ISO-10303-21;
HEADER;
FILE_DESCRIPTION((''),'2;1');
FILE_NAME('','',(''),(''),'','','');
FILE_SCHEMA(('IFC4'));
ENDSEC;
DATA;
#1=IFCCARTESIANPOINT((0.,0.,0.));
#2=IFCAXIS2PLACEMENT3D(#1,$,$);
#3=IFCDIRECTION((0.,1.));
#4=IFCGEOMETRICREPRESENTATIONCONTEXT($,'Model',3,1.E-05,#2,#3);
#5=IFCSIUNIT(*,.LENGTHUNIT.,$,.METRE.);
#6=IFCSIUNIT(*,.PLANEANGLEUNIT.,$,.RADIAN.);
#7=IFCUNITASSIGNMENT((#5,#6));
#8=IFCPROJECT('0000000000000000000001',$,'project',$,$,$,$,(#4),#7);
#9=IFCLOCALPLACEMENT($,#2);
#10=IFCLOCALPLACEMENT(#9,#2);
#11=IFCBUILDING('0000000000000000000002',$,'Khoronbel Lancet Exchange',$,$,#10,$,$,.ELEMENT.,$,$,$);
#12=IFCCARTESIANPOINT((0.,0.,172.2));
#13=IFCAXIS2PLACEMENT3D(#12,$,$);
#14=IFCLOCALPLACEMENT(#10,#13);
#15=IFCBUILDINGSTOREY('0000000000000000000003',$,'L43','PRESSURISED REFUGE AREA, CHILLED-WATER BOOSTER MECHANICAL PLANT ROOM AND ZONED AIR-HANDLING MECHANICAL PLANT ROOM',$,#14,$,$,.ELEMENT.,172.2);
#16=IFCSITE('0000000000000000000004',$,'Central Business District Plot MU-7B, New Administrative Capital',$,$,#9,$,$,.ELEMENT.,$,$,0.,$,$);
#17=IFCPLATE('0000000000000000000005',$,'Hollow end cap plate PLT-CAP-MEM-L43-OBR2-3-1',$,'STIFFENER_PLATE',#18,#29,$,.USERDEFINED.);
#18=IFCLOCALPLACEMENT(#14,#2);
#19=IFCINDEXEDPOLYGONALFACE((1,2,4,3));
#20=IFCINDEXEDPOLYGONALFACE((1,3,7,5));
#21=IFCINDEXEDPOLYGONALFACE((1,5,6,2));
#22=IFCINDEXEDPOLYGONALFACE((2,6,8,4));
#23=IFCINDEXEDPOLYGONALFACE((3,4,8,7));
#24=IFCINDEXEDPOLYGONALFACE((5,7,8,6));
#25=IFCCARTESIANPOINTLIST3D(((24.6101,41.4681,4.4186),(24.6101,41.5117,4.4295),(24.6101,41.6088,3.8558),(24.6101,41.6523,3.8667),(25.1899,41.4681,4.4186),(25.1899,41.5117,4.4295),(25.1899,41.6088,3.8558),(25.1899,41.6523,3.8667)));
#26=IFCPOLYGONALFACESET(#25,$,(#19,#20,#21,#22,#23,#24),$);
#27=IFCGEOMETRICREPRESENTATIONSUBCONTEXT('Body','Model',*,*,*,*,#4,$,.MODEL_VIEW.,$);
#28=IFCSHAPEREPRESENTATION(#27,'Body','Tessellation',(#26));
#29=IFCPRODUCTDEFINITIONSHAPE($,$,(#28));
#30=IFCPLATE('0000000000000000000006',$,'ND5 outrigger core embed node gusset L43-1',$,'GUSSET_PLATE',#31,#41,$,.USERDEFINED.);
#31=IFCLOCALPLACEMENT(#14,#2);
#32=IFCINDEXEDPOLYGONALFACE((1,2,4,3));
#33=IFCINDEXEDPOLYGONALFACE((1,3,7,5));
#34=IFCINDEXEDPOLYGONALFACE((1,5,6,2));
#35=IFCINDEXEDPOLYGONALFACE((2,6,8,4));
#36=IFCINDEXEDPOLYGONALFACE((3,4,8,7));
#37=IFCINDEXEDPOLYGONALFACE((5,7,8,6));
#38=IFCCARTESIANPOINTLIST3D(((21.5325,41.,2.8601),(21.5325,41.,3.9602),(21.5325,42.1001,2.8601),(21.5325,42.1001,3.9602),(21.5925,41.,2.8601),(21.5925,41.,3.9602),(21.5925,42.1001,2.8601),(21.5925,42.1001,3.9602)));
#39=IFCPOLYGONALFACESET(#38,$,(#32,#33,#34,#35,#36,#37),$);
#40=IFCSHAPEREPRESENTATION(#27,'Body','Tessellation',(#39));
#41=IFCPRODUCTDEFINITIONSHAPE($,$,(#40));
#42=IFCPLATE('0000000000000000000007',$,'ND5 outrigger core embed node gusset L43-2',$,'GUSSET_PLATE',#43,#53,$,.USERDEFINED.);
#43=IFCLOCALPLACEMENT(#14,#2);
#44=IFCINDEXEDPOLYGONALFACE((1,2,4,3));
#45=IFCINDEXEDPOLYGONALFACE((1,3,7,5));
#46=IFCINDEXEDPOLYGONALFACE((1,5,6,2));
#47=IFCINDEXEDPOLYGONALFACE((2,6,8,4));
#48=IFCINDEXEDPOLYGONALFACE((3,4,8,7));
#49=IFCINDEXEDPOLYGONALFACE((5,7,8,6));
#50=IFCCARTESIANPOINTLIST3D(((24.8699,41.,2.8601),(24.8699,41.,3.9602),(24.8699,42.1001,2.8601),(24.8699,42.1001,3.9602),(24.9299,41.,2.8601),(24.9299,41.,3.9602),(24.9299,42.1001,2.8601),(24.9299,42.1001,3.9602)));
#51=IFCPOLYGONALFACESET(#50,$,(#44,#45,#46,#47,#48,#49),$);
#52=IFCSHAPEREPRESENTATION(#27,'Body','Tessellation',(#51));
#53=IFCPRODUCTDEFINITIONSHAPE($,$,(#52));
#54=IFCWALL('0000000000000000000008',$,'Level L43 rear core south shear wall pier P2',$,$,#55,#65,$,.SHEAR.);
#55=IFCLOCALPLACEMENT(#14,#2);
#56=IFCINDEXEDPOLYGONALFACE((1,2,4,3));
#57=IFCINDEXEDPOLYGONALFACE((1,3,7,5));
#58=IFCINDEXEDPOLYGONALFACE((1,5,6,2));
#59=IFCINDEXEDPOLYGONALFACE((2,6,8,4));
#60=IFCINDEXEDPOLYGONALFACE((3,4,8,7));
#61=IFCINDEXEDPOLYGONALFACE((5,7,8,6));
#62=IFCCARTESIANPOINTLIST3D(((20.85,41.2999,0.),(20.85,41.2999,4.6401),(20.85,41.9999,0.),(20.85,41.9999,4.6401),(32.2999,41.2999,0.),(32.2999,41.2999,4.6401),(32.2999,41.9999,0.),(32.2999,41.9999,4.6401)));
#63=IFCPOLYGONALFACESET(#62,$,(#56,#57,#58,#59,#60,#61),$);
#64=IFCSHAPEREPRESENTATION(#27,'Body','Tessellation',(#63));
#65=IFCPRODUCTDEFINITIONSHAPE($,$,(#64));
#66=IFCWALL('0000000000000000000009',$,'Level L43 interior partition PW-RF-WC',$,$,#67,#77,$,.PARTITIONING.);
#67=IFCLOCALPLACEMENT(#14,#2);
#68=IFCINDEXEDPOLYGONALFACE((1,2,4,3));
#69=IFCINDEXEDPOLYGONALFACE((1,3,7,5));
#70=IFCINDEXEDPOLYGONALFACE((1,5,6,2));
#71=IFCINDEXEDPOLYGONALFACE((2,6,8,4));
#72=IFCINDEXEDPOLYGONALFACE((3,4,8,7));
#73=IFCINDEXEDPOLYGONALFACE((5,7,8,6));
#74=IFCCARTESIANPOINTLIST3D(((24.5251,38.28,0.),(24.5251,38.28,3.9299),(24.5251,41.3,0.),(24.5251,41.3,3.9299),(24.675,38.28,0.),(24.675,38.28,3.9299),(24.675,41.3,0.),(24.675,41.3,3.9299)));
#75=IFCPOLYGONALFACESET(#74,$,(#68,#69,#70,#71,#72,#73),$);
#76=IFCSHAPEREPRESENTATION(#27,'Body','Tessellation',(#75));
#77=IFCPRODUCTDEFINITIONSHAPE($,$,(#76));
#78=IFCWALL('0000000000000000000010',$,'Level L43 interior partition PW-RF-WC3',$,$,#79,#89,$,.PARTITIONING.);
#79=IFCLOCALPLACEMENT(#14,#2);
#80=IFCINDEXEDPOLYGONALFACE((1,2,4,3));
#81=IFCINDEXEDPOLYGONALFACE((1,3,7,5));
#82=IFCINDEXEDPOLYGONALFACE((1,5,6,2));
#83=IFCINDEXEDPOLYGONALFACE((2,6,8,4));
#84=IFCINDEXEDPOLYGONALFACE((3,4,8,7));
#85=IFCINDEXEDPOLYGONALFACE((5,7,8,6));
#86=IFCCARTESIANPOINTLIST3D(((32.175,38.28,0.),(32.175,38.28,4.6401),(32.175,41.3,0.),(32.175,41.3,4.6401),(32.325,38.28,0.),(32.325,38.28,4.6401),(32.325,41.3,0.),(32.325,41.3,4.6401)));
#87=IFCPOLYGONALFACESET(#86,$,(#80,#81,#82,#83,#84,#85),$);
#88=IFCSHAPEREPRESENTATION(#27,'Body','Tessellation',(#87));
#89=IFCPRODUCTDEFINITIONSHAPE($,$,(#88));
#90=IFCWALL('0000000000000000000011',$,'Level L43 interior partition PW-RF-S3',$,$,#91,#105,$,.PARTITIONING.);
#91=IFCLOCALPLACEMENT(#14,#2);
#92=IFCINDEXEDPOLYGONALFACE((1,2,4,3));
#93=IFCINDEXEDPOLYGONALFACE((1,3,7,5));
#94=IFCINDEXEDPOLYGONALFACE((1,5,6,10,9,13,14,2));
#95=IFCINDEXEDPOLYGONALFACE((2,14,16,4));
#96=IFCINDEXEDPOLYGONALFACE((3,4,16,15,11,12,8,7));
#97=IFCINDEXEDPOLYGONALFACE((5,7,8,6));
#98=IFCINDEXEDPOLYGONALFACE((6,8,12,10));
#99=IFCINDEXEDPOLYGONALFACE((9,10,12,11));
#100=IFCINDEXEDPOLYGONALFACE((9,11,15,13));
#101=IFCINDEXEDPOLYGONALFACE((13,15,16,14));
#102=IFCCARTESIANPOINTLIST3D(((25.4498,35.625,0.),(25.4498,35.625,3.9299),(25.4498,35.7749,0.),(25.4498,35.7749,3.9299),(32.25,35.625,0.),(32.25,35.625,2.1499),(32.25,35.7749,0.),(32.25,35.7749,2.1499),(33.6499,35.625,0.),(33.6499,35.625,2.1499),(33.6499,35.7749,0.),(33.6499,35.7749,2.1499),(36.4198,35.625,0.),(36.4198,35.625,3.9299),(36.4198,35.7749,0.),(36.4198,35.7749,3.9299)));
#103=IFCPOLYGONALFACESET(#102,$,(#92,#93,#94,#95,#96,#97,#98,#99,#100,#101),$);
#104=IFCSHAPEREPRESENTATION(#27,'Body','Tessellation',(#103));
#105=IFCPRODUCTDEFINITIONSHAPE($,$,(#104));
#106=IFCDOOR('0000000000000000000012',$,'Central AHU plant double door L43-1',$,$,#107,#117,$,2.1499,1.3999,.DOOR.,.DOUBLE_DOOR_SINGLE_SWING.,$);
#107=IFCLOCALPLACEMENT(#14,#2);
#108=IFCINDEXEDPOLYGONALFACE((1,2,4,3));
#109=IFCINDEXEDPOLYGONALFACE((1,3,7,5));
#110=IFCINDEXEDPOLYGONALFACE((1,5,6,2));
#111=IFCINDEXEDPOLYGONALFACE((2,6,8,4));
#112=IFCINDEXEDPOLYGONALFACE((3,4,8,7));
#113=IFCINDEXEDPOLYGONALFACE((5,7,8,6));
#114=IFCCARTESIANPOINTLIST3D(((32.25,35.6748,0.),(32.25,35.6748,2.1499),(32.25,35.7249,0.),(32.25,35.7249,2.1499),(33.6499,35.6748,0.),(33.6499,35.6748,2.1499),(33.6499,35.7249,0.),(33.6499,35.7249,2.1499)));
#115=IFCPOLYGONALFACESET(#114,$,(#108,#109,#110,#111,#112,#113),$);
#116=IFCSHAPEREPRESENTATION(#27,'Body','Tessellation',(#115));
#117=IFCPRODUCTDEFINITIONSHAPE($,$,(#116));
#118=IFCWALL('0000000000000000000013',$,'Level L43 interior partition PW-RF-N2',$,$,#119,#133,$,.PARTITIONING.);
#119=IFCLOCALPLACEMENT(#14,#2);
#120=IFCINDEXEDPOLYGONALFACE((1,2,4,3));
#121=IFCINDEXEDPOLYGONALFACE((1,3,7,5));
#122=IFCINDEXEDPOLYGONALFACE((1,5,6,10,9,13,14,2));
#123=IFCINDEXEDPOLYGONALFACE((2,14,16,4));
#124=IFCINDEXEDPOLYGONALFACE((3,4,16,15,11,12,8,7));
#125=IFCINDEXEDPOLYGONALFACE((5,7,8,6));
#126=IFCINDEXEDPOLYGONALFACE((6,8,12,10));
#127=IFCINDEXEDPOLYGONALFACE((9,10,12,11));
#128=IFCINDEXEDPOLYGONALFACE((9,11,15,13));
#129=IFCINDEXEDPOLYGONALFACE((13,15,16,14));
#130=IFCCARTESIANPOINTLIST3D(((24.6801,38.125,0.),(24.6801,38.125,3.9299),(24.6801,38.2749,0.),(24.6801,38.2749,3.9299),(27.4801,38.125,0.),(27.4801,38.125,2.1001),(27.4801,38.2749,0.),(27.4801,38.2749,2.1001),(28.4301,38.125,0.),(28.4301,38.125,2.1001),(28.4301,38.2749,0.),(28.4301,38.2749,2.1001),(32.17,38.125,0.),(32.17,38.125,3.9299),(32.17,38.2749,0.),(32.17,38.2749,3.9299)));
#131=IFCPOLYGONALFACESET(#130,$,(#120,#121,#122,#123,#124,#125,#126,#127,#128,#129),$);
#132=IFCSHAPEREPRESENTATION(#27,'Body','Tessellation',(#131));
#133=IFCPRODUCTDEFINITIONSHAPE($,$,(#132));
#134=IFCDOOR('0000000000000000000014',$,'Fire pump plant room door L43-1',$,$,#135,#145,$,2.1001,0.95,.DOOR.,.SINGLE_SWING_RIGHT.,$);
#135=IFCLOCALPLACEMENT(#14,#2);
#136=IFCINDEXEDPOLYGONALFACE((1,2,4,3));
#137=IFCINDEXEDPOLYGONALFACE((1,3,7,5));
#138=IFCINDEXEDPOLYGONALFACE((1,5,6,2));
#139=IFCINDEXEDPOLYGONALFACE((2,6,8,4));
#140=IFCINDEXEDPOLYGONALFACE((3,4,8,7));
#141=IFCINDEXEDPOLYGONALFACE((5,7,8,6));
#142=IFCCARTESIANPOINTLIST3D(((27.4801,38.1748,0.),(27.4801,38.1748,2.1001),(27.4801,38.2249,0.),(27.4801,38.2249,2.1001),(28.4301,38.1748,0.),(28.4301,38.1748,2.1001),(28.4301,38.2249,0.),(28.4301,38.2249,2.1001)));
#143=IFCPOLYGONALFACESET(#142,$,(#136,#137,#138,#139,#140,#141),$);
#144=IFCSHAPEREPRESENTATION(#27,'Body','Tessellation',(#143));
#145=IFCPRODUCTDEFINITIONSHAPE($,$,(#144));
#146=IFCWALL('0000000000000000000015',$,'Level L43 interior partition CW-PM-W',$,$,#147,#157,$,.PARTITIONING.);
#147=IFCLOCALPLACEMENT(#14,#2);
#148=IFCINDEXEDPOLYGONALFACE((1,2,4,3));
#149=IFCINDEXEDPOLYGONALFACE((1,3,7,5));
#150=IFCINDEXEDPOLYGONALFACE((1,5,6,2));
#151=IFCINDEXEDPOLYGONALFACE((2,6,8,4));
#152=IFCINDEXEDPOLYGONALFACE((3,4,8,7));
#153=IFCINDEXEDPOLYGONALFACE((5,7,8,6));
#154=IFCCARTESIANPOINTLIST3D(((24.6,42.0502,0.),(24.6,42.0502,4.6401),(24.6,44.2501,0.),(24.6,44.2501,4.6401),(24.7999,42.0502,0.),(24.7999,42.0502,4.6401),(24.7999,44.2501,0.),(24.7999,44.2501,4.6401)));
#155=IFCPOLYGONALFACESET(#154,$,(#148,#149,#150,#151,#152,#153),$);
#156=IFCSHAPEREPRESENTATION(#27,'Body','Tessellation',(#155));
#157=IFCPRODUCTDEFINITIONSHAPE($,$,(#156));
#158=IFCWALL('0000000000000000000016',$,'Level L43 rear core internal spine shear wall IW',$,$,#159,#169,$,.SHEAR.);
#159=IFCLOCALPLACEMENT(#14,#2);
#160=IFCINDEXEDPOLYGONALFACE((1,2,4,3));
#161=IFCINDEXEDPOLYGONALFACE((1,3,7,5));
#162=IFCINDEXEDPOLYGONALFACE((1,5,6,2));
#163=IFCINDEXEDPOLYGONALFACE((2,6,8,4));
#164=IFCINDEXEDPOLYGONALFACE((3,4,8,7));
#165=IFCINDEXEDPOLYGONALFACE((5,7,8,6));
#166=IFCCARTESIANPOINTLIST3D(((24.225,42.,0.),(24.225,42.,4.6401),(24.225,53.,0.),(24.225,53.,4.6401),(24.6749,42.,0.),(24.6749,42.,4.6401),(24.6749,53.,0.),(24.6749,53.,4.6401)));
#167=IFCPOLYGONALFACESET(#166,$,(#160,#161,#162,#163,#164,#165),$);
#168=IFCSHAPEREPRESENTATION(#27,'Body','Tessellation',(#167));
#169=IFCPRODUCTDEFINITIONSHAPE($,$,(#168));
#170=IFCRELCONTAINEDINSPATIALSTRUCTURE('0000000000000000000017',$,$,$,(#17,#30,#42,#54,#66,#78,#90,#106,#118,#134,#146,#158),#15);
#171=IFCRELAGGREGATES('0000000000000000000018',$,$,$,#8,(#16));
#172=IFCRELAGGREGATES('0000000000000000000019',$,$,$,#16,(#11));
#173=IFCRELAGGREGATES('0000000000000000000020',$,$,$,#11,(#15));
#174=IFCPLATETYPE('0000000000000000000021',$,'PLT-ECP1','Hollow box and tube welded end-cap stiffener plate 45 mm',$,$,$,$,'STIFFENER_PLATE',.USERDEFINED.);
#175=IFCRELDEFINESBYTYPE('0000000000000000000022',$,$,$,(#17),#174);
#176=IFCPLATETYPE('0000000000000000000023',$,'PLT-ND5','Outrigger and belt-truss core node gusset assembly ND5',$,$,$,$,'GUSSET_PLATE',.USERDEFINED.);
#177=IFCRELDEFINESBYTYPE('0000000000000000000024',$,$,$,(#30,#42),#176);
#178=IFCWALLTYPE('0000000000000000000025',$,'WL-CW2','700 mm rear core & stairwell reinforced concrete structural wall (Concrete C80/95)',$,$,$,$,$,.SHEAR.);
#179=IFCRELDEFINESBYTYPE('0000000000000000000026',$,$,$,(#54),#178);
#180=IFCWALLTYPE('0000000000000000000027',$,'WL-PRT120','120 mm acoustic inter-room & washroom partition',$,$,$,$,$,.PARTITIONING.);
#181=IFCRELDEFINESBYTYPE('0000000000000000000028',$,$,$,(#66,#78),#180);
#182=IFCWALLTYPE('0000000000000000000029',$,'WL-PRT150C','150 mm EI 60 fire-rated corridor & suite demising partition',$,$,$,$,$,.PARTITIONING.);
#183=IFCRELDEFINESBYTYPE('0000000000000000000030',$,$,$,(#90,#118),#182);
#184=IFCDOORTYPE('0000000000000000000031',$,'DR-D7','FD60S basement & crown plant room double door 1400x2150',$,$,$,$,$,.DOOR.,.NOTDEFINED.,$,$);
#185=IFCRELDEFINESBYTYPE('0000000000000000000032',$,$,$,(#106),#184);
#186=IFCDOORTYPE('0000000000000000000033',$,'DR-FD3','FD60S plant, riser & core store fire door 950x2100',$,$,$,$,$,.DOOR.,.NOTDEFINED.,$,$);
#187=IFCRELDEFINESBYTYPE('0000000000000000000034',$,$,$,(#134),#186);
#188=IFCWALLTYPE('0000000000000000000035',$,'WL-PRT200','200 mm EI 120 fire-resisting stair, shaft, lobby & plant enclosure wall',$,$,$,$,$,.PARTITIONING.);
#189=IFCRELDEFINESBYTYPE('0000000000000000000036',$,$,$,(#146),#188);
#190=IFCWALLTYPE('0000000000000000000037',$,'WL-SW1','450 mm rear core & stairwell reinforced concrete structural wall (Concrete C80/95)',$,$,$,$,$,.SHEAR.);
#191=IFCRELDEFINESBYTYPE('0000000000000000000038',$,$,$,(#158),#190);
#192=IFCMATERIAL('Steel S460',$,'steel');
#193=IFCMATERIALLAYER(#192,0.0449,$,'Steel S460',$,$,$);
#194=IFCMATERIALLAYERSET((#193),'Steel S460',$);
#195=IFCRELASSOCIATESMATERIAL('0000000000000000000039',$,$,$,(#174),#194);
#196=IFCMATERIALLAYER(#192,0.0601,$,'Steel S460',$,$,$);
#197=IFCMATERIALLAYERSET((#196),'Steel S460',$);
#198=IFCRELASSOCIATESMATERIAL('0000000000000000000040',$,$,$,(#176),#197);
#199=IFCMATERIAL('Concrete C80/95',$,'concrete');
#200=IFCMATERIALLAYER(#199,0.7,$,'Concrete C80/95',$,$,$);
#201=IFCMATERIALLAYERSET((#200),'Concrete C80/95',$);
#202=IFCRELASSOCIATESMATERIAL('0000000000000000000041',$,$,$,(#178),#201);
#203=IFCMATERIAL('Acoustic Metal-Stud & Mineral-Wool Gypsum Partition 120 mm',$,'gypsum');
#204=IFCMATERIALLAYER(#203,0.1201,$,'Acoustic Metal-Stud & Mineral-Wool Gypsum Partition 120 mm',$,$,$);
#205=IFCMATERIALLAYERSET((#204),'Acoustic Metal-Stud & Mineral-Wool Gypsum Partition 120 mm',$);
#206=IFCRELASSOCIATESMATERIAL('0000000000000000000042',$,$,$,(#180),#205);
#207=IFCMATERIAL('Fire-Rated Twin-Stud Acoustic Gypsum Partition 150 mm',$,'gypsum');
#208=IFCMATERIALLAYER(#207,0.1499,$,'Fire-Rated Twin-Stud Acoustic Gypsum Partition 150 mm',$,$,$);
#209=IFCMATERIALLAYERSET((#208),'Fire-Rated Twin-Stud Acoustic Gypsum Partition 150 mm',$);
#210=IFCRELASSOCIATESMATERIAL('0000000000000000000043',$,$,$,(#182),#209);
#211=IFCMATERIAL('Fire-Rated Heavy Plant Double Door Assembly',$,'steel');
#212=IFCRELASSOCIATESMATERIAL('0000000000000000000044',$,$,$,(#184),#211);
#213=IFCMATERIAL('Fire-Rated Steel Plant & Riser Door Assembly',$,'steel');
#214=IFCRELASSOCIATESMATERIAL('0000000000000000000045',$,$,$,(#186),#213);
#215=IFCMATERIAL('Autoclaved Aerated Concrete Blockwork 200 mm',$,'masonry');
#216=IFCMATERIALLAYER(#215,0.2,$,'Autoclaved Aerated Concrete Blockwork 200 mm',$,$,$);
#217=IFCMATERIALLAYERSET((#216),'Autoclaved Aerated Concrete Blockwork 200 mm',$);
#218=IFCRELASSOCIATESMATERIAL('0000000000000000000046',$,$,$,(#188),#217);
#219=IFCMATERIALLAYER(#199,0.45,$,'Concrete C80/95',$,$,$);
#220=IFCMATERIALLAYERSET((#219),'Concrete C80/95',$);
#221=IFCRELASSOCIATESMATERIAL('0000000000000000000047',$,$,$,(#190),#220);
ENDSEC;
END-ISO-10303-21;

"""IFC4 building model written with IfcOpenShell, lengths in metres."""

from ifc_helpers import new_model, si_unit, direction, frame, frame_2d, origin, origin_2d, place, context, subcontext, project, spatial, polyline, rectangle, outline, extrude, material, layer, layer_set, type_object, element, fill, save


model = new_model("IFC4")

# Units and contexts
model_context = context("Model", 3, precision=1e-05, world=origin(), true_north=direction((0.0, 1.0)))
body_context = subcontext(model_context, "Body", "Model", "MODEL_VIEW")
ifc_project = project(units=[si_unit("LENGTHUNIT", "METRE"), si_unit("PLANEANGLEUNIT", "RADIAN")], contexts=[model_context])

# Site, building, storey
site_placement = place(None, origin())
site = spatial("IfcSite", under=ifc_project, at=site_placement, Name="Central Business District Plot MU-7B, New Administrative Capital", CompositionType="ELEMENT", RefElevation=0.0)
building_placement = place(site_placement, origin())
building = spatial("IfcBuilding", under=site, at=building_placement, Name="Khoronbel Lancet Exchange", CompositionType="ELEMENT")
storey_placement = place(building_placement, frame((0.0, 0.0, 172.2)))
storey = spatial("IfcBuildingStorey", under=building, at=storey_placement, Name="L43", Description="PRESSURISED REFUGE AREA, CHILLED-WATER BOOSTER MECHANICAL PLANT ROOM AND ZONED AIR-HANDLING MECHANICAL PLANT ROOM", CompositionType="ELEMENT", Elevation=172.2)

# Shared definitions
ifc_material_1 = material(Name="Steel S460", Category="steel")

# Shared definitions
ifc_material_2 = material(Name="Concrete C80/95", Category="concrete")

# Plates
ifc_layer_1 = layer(ifc_material_1, 0.0449, Name="Steel S460")
ifc_layer_set_1 = layer_set([ifc_layer_1], Name="Steel S460")
plate_type_1 = type_object("IfcPlateType", Name="PLT-ECP1", Description="Hollow box and tube welded end-cap stiffener plate 45 mm", ElementType="STIFFENER_PLATE", PredefinedType="USERDEFINED", material=ifc_layer_set_1)
for number, where, z_axis, x_axis, name in (
    (1, (25.1899, 41.6523, 3.8667), (0.0, 0.970167, 0.242437), (-1.0, 0.0, 0.0), "Hollow end cap plate PLT-CAP-MEM-L43-OBR2-3-1"),
):
    element("IfcPlate", number, at=place(storey_placement, frame(where, z_axis=z_axis, x_axis=x_axis)), inside=storey, type_object=plate_type_1, Name=name, ObjectType="STIFFENER_PLATE", PredefinedType="USERDEFINED", context=body_context, shape_type="SweptSolid", body=[
        extrude(outline(polyline([(0.0, 0.0), (0.5798, 0.0), (0.5798, 0.5801), (0.0, 0.5801), (0.0, 0.0)])), origin(), (0.0, 0.0, -1.0), 0.0449),
    ])
ifc_layer_2 = layer(ifc_material_1, 0.0601, Name="Steel S460")
ifc_layer_set_2 = layer_set([ifc_layer_2], Name="Steel S460")
plate_type_2 = type_object("IfcPlateType", Name="PLT-ND5", Description="Outrigger and belt-truss core node gusset assembly ND5", ElementType="GUSSET_PLATE", PredefinedType="USERDEFINED", material=ifc_layer_set_2)
for number, where, z_axis, x_axis, name in (
    (2, (21.5625, 41.55, 2.8601), (0.0, 0.0, 1.0), (1.0, 0.0, 0.0), "ND5 outrigger core embed node gusset L43-1"),
    (3, (24.8999, 41.55, 2.8601), (0.0, 0.0, 1.0), (1.0, 0.0, 0.0), "ND5 outrigger core embed node gusset L43-2"),
):
    element("IfcPlate", number, at=place(storey_placement, frame(where, z_axis=z_axis, x_axis=x_axis)), inside=storey, type_object=plate_type_2, Name=name, ObjectType="GUSSET_PLATE", PredefinedType="USERDEFINED", context=body_context, shape_type="SweptSolid", body=[
        extrude(rectangle(XDim=0.0601, YDim=1.1001, at=origin_2d()), origin(), (0.0, 0.0, 1.0), 1.1001),
    ])

# Walls
ifc_layer_3 = layer(ifc_material_2, 0.7, Name="Concrete C80/95")
ifc_layer_set_3 = layer_set([ifc_layer_3], Name="Concrete C80/95")
wall_type_1 = type_object("IfcWallType", Name="WL-CW2", Description="700 mm rear core & stairwell reinforced concrete structural wall (Concrete C80/95)", PredefinedType="SHEAR", material=ifc_layer_set_3)
wall_1_placement = place(storey_placement, frame((32.3, 41.6499, 0.0), z_axis=(0.0, 0.0, 1.0), x_axis=(-1.0, 0.0, 0.0)))
element("IfcWall", 4, at=wall_1_placement, inside=storey, type_object=wall_type_1, Name="Level L43 rear core south shear wall pier P2", PredefinedType="SHEAR", context=body_context, shape_type="SweptSolid", body=[
    extrude(rectangle(XDim=11.45, YDim=0.7, at=frame_2d((5.7251, 0.0))), origin(), (0.0, 0.0, 1.0), 4.6401),
])
ifc_material_3 = material(Name="Acoustic Metal-Stud & Mineral-Wool Gypsum Partition 120 mm", Category="gypsum")
ifc_layer_4 = layer(ifc_material_3, 0.1201, Name="Acoustic Metal-Stud & Mineral-Wool Gypsum Partition 120 mm")
ifc_layer_set_4 = layer_set([ifc_layer_4], Name="Acoustic Metal-Stud & Mineral-Wool Gypsum Partition 120 mm")
wall_type_2 = type_object("IfcWallType", Name="WL-PRT120", Description="120 mm acoustic inter-room & washroom partition", PredefinedType="PARTITIONING", material=ifc_layer_set_4)
wall_2_placement = place(storey_placement, frame((24.6001, 38.28, 0.0), z_axis=(0.0, 0.0, 1.0), x_axis=(0.0, 1.0, 0.0)))
element("IfcWall", 5, at=wall_2_placement, inside=storey, type_object=wall_type_2, Name="Level L43 interior partition PW-RF-WC", PredefinedType="PARTITIONING", context=body_context, shape_type="SweptSolid", body=[
    extrude(rectangle(XDim=3.02, YDim=0.1499, at=frame_2d((1.51, 0.0))), origin(), (0.0, 0.0, 1.0), 3.9299),
])
wall_3_placement = place(storey_placement, frame((32.25, 38.28, 0.0), z_axis=(0.0, 0.0, 1.0), x_axis=(0.0, 1.0, 0.0)))
element("IfcWall", 6, at=wall_3_placement, inside=storey, type_object=wall_type_2, Name="Level L43 interior partition PW-RF-WC3", PredefinedType="PARTITIONING", context=body_context, shape_type="SweptSolid", body=[
    extrude(rectangle(XDim=3.02, YDim=0.1499, at=frame_2d((1.51, 0.0))), origin(), (0.0, 0.0, 1.0), 4.6401),
])

# Walls, openings, doors
ifc_material_4 = material(Name="Fire-Rated Twin-Stud Acoustic Gypsum Partition 150 mm", Category="gypsum")
ifc_layer_5 = layer(ifc_material_4, 0.1499, Name="Fire-Rated Twin-Stud Acoustic Gypsum Partition 150 mm")
ifc_layer_set_5 = layer_set([ifc_layer_5], Name="Fire-Rated Twin-Stud Acoustic Gypsum Partition 150 mm")
wall_type_3 = type_object("IfcWallType", Name="WL-PRT150C", Description="150 mm EI 60 fire-rated corridor & suite demising partition", PredefinedType="PARTITIONING", material=ifc_layer_set_5)
wall_4_placement = place(storey_placement, frame((25.45, 35.7, 0.0), z_axis=(0.0, 0.0, 1.0), x_axis=(1.0, 0.0, 0.0)))
wall_4 = element("IfcWall", 7, at=wall_4_placement, inside=storey, type_object=wall_type_3, Name="Level L43 interior partition PW-RF-S3", PredefinedType="PARTITIONING", context=body_context, shape_type="SweptSolid", body=[
    extrude(rectangle(XDim=10.97, YDim=0.1499, at=frame_2d((5.4849, 0.0))), origin(), (0.0, 0.0, 1.0), 3.9299),
])
opening_1_placement = place(wall_4_placement, frame((6.8, 0.0, 0.0)))
opening_1 = element("IfcOpeningElement", 8, at=opening_1_placement, cuts=wall_4, PredefinedType="OPENING", context=body_context, shape_type="SweptSolid", body=[
    extrude(rectangle(XDim=1.3999, YDim=2.1499, at=frame_2d((0.7, 1.075))), frame((0.0, 0.085, 0.0), z_axis=(0.0, -1.0, 0.0), x_axis=(1.0, 0.0, 0.0)), (0.0, 0.0, 1.0), 0.1699),
])
ifc_material_5 = material(Name="Fire-Rated Heavy Plant Double Door Assembly", Category="steel")
door_type_1 = type_object("IfcDoorType", Name="DR-D7", Description="FD60S basement & crown plant room double door 1400x2150", OperationType="NOTDEFINED", PredefinedType="DOOR", material=ifc_material_5)
door_1_placement = place(opening_1_placement, origin())
door_1 = element("IfcDoor", 9, at=door_1_placement, inside=storey, type_object=door_type_1, Name="Central AHU plant double door L43-1", OperationType="DOUBLE_DOOR_SINGLE_SWING", OverallHeight=2.1499, OverallWidth=1.3999, PredefinedType="DOOR", context=body_context, shape_type="SweptSolid", body=[
    extrude(rectangle(XDim=1.3999, YDim=2.1499, at=frame_2d((0.7, 1.075))), frame((0.0, 0.0249, 0.0), z_axis=(0.0, -1.0, 0.0), x_axis=(1.0, 0.0, 0.0)), (0.0, 0.0, 1.0), 0.05),
])
fill(opening_1, door_1)
wall_5_placement = place(storey_placement, frame((24.6799, 38.2, 0.0), z_axis=(0.0, 0.0, 1.0), x_axis=(1.0, 0.0, 0.0)))
wall_5 = element("IfcWall", 10, at=wall_5_placement, inside=storey, type_object=wall_type_3, Name="Level L43 interior partition PW-RF-N2", PredefinedType="PARTITIONING", context=body_context, shape_type="SweptSolid", body=[
    extrude(rectangle(XDim=7.49, YDim=0.1499, at=frame_2d((3.7451, 0.0))), origin(), (0.0, 0.0, 1.0), 3.9299),
])
opening_2_placement = place(wall_5_placement, frame((2.8, 0.0, 0.0)))
opening_2 = element("IfcOpeningElement", 11, at=opening_2_placement, cuts=wall_5, PredefinedType="OPENING", context=body_context, shape_type="SweptSolid", body=[
    extrude(rectangle(XDim=0.95, YDim=2.1001, at=frame_2d((0.4751, 1.05))), frame((0.0, 0.085, 0.0), z_axis=(0.0, -1.0, 0.0), x_axis=(1.0, 0.0, 0.0)), (0.0, 0.0, 1.0), 0.1699),
])
ifc_material_6 = material(Name="Fire-Rated Steel Plant & Riser Door Assembly", Category="steel")
door_type_2 = type_object("IfcDoorType", Name="DR-FD3", Description="FD60S plant, riser & core store fire door 950x2100", OperationType="NOTDEFINED", PredefinedType="DOOR", material=ifc_material_6)
door_2_placement = place(opening_2_placement, origin())
door_2 = element("IfcDoor", 12, at=door_2_placement, inside=storey, type_object=door_type_2, Name="Fire pump plant room door L43-1", OperationType="SINGLE_SWING_RIGHT", OverallHeight=2.1001, OverallWidth=0.95, PredefinedType="DOOR", context=body_context, shape_type="SweptSolid", body=[
    extrude(rectangle(XDim=0.95, YDim=2.1001, at=frame_2d((0.4751, 1.05))), frame((0.0, 0.0249, 0.0), z_axis=(0.0, -1.0, 0.0), x_axis=(1.0, 0.0, 0.0)), (0.0, 0.0, 1.0), 0.05),
])
fill(opening_2, door_2)
ifc_material_7 = material(Name="Autoclaved Aerated Concrete Blockwork 200 mm", Category="masonry")
ifc_layer_6 = layer(ifc_material_7, 0.2, Name="Autoclaved Aerated Concrete Blockwork 200 mm")
ifc_layer_set_6 = layer_set([ifc_layer_6], Name="Autoclaved Aerated Concrete Blockwork 200 mm")
wall_type_4 = type_object("IfcWallType", Name="WL-PRT200", Description="200 mm EI 120 fire-resisting stair, shaft, lobby & plant enclosure wall", PredefinedType="PARTITIONING", material=ifc_layer_set_6)

# Walls
wall_6_placement = place(storey_placement, frame((24.7, 42.05, 0.0), z_axis=(0.0, 0.0, 1.0), x_axis=(0.0, 1.0, 0.0)))
element("IfcWall", 13, at=wall_6_placement, inside=storey, type_object=wall_type_4, Name="Level L43 interior partition CW-PM-W", PredefinedType="PARTITIONING", context=body_context, shape_type="SweptSolid", body=[
    extrude(rectangle(XDim=2.2, YDim=0.2, at=frame_2d((1.1001, 0.0))), origin(), (0.0, 0.0, 1.0), 4.6401),
])
ifc_layer_7 = layer(ifc_material_2, 0.45, Name="Concrete C80/95")
ifc_layer_set_7 = layer_set([ifc_layer_7], Name="Concrete C80/95")
wall_type_5 = type_object("IfcWallType", Name="WL-SW1", Description="450 mm rear core & stairwell reinforced concrete structural wall (Concrete C80/95)", PredefinedType="SHEAR", material=ifc_layer_set_7)
wall_7_placement = place(storey_placement, frame((24.45, 42.0, 0.0), z_axis=(0.0, 0.0, 1.0), x_axis=(0.0, 1.0, 0.0)))
element("IfcWall", 14, at=wall_7_placement, inside=storey, type_object=wall_type_5, Name="Level L43 rear core internal spine shear wall IW", PredefinedType="SHEAR", context=body_context, shape_type="SweptSolid", body=[
    extrude(rectangle(XDim=11.0, YDim=0.45, at=frame_2d((5.5, 0.0))), origin(), (0.0, 0.0, 1.0), 4.6401),
])

save(model, "model.ifc")
